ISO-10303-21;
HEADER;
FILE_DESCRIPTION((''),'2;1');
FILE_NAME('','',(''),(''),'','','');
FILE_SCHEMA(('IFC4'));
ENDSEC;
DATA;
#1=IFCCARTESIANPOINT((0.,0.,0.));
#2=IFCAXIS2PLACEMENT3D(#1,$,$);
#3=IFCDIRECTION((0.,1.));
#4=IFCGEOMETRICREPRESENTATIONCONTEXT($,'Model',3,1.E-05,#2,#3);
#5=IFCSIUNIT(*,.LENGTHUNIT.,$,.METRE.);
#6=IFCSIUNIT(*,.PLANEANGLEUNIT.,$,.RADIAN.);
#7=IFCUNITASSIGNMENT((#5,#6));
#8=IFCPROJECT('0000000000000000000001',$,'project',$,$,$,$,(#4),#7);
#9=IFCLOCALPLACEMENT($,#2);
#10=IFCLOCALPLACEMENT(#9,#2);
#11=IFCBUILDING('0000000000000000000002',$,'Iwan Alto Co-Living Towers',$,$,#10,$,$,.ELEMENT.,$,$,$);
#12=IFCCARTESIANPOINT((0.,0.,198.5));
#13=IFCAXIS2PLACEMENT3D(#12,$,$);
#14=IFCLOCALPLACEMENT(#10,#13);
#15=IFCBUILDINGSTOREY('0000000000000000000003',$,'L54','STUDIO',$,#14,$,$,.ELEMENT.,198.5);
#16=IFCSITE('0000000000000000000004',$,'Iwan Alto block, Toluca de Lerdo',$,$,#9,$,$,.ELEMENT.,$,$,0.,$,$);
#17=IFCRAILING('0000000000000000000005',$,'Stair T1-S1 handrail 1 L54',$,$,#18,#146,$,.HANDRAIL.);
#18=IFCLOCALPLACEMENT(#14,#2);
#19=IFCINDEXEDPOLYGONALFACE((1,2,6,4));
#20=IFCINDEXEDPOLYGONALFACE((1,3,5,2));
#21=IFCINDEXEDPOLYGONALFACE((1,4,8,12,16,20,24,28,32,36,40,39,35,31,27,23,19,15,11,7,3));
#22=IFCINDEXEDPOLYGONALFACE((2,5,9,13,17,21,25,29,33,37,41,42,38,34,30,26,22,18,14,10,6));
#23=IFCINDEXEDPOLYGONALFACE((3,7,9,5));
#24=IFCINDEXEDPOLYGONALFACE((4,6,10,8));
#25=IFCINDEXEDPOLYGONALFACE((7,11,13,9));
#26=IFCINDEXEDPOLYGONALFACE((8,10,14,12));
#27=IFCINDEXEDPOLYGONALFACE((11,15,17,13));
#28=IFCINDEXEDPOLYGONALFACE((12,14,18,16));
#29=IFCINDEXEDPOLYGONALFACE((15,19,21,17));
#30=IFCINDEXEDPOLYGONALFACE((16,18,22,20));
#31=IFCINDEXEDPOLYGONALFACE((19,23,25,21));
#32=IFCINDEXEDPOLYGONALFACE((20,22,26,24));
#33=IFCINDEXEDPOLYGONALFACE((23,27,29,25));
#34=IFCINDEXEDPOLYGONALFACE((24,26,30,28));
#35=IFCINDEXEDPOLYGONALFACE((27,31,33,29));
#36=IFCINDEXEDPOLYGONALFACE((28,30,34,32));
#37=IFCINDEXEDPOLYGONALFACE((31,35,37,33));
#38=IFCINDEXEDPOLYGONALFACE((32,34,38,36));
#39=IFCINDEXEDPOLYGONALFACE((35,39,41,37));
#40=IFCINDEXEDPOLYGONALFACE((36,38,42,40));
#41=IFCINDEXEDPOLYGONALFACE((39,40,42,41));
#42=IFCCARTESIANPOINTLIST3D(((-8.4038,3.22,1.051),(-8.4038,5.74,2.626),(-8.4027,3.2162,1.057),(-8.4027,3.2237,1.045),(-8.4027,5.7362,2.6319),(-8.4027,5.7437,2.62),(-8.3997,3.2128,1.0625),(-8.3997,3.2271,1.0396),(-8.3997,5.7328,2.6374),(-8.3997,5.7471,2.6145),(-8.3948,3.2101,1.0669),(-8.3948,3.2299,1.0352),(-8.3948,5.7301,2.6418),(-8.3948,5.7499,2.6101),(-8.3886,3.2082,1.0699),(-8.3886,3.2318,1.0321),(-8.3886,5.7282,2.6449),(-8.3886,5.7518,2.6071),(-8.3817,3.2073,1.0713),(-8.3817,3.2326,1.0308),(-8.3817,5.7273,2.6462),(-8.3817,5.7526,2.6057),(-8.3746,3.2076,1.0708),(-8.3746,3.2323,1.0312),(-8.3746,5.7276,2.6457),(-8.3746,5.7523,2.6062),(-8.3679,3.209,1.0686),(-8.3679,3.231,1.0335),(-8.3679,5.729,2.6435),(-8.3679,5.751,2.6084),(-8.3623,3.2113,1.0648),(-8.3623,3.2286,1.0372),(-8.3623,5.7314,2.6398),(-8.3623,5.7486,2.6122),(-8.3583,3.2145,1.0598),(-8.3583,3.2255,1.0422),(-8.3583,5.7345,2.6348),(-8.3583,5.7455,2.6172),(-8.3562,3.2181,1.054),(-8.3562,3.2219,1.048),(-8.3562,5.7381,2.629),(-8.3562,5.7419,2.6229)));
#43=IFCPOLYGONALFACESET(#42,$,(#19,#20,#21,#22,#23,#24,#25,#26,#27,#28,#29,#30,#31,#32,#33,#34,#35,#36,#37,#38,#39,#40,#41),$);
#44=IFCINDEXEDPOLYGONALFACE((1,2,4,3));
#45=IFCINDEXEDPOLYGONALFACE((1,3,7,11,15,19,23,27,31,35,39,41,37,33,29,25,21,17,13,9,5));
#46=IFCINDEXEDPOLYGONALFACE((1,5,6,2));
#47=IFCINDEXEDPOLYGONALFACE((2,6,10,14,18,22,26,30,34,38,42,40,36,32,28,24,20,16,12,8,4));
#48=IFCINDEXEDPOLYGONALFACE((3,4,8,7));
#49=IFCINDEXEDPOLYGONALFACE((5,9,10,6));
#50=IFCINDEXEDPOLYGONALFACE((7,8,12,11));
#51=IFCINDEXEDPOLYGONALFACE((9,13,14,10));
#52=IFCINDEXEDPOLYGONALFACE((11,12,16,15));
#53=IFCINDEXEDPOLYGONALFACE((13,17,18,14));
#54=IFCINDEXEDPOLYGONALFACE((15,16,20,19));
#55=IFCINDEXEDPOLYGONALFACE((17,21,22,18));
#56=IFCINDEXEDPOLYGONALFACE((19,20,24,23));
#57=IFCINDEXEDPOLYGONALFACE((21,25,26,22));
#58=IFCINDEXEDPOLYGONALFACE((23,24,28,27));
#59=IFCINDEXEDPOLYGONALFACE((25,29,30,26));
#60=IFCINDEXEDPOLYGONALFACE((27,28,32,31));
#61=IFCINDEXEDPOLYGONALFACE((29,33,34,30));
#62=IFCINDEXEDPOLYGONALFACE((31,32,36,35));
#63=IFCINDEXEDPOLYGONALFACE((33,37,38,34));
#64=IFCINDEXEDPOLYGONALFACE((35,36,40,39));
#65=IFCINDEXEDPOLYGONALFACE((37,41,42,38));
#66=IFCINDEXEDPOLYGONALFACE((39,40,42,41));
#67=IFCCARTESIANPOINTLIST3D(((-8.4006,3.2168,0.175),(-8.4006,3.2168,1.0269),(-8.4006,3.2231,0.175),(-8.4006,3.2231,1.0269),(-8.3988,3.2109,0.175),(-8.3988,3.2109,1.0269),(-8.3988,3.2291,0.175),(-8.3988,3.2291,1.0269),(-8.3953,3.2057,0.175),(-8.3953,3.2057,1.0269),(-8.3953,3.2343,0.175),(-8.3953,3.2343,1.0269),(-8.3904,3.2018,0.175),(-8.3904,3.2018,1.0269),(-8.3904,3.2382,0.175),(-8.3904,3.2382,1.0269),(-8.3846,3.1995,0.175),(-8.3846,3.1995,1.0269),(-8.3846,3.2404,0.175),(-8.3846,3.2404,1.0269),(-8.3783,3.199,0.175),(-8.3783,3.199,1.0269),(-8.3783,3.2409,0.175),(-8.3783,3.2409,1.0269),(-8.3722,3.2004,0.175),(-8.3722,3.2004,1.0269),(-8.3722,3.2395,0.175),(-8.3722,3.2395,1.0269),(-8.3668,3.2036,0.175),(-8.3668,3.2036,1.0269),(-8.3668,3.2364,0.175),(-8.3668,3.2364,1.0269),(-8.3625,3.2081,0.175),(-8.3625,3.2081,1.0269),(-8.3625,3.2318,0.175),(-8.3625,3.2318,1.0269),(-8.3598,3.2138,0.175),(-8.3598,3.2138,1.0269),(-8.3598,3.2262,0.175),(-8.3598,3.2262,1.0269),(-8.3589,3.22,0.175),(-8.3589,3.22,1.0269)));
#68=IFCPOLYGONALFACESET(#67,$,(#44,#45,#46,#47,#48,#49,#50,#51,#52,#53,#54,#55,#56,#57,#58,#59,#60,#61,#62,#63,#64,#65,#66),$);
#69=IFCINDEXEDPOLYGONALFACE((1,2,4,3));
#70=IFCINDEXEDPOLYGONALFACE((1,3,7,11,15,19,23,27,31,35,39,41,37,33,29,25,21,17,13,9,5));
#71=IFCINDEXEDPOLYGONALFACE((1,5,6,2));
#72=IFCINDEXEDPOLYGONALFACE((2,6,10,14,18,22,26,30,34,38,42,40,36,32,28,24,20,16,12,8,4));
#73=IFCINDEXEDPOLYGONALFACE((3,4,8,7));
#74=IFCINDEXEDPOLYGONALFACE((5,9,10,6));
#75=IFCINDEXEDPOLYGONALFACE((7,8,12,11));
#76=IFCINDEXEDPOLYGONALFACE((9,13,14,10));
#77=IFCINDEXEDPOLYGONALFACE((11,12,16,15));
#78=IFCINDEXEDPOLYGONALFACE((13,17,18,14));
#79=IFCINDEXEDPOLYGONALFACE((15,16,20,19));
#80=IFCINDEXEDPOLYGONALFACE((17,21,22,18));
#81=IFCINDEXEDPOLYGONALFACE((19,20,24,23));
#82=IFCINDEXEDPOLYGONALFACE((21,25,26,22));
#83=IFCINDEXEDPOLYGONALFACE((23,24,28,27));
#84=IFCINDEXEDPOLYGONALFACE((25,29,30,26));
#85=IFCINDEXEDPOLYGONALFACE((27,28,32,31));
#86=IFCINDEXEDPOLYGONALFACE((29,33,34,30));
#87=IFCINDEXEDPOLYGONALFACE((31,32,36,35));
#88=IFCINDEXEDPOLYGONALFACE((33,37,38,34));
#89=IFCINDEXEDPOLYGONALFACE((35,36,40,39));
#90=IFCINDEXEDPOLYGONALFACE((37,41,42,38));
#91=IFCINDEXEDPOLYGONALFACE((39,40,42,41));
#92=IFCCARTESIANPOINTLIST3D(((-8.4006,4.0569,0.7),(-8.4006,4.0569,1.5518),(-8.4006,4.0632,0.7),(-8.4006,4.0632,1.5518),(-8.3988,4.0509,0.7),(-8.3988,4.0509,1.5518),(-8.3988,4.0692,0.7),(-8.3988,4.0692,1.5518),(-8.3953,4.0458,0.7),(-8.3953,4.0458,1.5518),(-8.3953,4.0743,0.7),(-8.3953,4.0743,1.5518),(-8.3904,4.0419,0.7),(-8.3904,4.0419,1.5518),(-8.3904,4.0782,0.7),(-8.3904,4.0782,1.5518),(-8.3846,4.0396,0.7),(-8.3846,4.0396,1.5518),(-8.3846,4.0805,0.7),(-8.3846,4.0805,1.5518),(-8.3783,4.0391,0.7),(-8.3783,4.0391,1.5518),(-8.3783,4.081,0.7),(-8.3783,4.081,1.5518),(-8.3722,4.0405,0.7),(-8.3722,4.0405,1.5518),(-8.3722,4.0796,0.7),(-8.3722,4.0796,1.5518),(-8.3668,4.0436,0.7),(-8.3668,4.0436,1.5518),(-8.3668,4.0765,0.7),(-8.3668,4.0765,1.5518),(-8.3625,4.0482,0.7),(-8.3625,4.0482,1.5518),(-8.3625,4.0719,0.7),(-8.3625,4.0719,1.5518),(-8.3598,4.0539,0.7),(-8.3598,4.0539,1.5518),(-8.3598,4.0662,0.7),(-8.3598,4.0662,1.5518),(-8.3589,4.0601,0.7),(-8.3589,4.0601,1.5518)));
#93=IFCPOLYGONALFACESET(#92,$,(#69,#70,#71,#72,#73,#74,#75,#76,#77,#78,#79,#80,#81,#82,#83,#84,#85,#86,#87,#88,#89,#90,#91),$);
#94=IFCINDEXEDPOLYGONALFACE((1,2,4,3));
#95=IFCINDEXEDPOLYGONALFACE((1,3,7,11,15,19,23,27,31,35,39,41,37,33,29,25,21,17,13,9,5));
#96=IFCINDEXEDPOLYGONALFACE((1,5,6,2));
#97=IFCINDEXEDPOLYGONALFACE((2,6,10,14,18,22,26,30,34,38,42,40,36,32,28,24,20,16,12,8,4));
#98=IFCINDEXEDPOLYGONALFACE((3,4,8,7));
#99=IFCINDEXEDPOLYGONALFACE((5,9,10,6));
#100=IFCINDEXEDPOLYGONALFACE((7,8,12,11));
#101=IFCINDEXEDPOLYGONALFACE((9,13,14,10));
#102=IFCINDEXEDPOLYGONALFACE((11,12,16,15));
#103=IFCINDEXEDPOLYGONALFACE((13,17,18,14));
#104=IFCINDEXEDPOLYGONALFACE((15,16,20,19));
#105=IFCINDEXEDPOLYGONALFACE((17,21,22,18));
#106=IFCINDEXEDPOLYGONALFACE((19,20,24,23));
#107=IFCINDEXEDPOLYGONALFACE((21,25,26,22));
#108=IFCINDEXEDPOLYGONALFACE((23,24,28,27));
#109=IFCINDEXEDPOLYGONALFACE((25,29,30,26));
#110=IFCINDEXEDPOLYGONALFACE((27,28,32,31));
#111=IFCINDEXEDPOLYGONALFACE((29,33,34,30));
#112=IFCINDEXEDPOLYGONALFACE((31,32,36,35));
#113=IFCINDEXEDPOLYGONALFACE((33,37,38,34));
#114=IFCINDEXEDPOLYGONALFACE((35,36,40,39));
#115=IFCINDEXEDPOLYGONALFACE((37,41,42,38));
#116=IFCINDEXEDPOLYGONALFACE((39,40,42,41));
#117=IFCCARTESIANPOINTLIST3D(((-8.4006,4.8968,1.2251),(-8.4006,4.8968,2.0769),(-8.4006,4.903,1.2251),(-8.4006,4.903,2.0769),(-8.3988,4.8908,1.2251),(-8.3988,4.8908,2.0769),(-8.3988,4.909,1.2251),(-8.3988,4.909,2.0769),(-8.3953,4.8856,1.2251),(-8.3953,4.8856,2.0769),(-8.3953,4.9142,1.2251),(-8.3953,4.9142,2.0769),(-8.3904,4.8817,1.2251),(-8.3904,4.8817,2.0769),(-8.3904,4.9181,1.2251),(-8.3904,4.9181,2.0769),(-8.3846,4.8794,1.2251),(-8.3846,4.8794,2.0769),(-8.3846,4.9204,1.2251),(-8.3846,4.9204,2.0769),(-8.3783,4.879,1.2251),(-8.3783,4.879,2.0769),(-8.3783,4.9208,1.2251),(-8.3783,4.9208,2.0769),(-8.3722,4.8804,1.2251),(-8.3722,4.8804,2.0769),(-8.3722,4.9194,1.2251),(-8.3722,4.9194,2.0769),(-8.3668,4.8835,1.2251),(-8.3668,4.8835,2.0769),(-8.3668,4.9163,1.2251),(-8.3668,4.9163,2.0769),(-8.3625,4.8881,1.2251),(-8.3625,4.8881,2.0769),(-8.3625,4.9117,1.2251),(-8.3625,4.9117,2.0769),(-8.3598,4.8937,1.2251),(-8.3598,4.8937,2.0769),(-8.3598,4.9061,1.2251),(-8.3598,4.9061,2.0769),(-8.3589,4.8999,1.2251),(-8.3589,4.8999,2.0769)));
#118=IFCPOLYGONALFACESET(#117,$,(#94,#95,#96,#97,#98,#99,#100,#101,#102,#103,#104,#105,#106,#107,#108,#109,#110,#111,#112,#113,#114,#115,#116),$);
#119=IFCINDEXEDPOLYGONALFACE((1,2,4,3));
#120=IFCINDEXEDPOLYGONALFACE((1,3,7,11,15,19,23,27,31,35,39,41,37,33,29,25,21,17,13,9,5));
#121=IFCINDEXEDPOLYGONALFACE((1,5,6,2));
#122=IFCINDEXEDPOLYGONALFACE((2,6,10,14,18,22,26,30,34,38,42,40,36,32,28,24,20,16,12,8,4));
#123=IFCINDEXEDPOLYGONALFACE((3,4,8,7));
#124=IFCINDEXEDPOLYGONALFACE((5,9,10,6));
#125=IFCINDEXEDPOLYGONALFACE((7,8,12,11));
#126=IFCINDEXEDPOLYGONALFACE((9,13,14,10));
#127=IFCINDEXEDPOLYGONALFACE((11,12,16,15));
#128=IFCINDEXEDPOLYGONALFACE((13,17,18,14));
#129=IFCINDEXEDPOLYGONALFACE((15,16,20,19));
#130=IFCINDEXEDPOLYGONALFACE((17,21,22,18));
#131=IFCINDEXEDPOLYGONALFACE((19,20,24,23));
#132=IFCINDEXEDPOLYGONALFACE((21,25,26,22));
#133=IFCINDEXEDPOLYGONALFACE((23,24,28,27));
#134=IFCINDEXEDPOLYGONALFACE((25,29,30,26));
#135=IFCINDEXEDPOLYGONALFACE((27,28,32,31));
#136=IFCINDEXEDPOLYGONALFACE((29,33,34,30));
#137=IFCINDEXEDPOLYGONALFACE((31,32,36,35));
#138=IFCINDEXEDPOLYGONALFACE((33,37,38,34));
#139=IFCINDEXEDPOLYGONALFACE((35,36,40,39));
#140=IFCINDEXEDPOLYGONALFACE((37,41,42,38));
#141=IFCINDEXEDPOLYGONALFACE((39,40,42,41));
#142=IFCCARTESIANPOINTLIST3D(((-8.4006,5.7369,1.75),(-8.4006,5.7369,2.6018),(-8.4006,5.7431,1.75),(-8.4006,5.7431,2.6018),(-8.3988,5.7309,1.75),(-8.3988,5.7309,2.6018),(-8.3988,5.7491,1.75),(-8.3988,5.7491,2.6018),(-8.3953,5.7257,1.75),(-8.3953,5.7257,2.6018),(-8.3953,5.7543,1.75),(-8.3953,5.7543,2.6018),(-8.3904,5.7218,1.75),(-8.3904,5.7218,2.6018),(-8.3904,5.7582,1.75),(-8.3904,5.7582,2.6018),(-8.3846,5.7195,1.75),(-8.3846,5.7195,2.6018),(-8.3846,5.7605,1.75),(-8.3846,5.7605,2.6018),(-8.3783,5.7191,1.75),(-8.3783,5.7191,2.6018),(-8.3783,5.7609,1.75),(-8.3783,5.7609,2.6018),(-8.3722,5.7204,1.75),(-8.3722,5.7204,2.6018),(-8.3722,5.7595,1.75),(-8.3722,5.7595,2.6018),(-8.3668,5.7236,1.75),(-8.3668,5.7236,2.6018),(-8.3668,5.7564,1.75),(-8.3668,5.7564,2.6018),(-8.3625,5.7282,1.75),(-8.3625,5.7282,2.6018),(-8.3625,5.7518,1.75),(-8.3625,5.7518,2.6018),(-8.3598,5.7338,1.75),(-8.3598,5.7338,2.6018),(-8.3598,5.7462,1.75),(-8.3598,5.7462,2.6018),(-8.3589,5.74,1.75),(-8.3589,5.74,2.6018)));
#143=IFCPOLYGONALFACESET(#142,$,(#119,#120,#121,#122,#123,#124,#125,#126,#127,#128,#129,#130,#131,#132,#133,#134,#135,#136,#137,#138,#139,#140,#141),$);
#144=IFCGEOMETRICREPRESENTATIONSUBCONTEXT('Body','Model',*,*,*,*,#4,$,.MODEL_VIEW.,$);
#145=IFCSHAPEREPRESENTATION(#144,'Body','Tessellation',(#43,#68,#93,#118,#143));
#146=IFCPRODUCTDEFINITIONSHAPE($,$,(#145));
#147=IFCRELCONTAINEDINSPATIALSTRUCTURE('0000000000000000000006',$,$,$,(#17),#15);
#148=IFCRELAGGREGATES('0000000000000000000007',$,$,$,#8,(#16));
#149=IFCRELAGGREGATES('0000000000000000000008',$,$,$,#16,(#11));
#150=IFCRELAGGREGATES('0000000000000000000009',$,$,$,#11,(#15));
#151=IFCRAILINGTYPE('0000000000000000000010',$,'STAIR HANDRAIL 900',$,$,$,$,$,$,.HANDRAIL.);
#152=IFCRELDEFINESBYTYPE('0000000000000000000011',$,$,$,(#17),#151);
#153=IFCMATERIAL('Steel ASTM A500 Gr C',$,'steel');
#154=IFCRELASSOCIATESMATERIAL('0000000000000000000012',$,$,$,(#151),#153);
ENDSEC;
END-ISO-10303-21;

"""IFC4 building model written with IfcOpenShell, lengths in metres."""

from ifc_helpers import new_model, si_unit, direction, frame, origin, origin_2d, place, context, subcontext, project, spatial, circle, extrude, material, type_object, element, save


model = new_model("IFC4")

# Units and contexts
model_context = context("Model", 3, precision=1e-05, world=origin(), true_north=direction((0.0, 1.0)))
body_context = subcontext(model_context, "Body", "Model", "MODEL_VIEW")
ifc_project = project(units=[si_unit("LENGTHUNIT", "METRE"), si_unit("PLANEANGLEUNIT", "RADIAN")], contexts=[model_context])

# Site, building, storey
site_placement = place(None, origin())
site = spatial("IfcSite", under=ifc_project, at=site_placement, Name="Iwan Alto block, Toluca de Lerdo", CompositionType="ELEMENT", RefElevation=0.0)
building_placement = place(site_placement, origin())
building = spatial("IfcBuilding", under=site, at=building_placement, Name="Iwan Alto Co-Living Towers", CompositionType="ELEMENT")
storey_placement = place(building_placement, frame((0.0, 0.0, 198.5)))
storey = spatial("IfcBuildingStorey", under=building, at=storey_placement, Name="L54", Description="STUDIO", CompositionType="ELEMENT", Elevation=198.5)

# Railing
ifc_material_1 = material(Name="Steel ASTM A500 Gr C", Category="steel")
railing_type_1 = type_object("IfcRailingType", Name="STAIR HANDRAIL 900", PredefinedType="HANDRAIL", material=ifc_material_1)
railing_1_placement = place(storey_placement, frame((-8.3799, 3.22, 0.175)))
element("IfcRailing", 1, at=railing_1_placement, inside=storey, type_object=railing_type_1, Name="Stair T1-S1 handrail 1 L54", PredefinedType="HANDRAIL", context=body_context, shape_type="SweptSolid", body=[
    extrude(circle(Radius=0.0239, at=origin_2d()), frame((0.0, 0.0, 0.876), z_axis=(0.0, 0.848008, 0.529984), x_axis=(-1.0, 0.0, 0.0)), (0.0, 0.0, 1.0), 2.9717),
    extrude(circle(Radius=0.021, at=origin_2d()), origin(), (0.0, 0.0, 1.0), 0.8518),
    extrude(circle(Radius=0.021, at=origin_2d()), frame((0.0, 0.8401, 0.5249)), (0.0, 0.0, 1.0), 0.8518),
    extrude(circle(Radius=0.021, at=origin_2d()), frame((0.0, 1.6799, 1.05)), (0.0, 0.0, 1.0), 0.8518),
    extrude(circle(Radius=0.021, at=origin_2d()), frame((0.0, 2.52, 1.575)), (0.0, 0.0, 1.0), 0.8518),
])

save(model, "model.ifc")
